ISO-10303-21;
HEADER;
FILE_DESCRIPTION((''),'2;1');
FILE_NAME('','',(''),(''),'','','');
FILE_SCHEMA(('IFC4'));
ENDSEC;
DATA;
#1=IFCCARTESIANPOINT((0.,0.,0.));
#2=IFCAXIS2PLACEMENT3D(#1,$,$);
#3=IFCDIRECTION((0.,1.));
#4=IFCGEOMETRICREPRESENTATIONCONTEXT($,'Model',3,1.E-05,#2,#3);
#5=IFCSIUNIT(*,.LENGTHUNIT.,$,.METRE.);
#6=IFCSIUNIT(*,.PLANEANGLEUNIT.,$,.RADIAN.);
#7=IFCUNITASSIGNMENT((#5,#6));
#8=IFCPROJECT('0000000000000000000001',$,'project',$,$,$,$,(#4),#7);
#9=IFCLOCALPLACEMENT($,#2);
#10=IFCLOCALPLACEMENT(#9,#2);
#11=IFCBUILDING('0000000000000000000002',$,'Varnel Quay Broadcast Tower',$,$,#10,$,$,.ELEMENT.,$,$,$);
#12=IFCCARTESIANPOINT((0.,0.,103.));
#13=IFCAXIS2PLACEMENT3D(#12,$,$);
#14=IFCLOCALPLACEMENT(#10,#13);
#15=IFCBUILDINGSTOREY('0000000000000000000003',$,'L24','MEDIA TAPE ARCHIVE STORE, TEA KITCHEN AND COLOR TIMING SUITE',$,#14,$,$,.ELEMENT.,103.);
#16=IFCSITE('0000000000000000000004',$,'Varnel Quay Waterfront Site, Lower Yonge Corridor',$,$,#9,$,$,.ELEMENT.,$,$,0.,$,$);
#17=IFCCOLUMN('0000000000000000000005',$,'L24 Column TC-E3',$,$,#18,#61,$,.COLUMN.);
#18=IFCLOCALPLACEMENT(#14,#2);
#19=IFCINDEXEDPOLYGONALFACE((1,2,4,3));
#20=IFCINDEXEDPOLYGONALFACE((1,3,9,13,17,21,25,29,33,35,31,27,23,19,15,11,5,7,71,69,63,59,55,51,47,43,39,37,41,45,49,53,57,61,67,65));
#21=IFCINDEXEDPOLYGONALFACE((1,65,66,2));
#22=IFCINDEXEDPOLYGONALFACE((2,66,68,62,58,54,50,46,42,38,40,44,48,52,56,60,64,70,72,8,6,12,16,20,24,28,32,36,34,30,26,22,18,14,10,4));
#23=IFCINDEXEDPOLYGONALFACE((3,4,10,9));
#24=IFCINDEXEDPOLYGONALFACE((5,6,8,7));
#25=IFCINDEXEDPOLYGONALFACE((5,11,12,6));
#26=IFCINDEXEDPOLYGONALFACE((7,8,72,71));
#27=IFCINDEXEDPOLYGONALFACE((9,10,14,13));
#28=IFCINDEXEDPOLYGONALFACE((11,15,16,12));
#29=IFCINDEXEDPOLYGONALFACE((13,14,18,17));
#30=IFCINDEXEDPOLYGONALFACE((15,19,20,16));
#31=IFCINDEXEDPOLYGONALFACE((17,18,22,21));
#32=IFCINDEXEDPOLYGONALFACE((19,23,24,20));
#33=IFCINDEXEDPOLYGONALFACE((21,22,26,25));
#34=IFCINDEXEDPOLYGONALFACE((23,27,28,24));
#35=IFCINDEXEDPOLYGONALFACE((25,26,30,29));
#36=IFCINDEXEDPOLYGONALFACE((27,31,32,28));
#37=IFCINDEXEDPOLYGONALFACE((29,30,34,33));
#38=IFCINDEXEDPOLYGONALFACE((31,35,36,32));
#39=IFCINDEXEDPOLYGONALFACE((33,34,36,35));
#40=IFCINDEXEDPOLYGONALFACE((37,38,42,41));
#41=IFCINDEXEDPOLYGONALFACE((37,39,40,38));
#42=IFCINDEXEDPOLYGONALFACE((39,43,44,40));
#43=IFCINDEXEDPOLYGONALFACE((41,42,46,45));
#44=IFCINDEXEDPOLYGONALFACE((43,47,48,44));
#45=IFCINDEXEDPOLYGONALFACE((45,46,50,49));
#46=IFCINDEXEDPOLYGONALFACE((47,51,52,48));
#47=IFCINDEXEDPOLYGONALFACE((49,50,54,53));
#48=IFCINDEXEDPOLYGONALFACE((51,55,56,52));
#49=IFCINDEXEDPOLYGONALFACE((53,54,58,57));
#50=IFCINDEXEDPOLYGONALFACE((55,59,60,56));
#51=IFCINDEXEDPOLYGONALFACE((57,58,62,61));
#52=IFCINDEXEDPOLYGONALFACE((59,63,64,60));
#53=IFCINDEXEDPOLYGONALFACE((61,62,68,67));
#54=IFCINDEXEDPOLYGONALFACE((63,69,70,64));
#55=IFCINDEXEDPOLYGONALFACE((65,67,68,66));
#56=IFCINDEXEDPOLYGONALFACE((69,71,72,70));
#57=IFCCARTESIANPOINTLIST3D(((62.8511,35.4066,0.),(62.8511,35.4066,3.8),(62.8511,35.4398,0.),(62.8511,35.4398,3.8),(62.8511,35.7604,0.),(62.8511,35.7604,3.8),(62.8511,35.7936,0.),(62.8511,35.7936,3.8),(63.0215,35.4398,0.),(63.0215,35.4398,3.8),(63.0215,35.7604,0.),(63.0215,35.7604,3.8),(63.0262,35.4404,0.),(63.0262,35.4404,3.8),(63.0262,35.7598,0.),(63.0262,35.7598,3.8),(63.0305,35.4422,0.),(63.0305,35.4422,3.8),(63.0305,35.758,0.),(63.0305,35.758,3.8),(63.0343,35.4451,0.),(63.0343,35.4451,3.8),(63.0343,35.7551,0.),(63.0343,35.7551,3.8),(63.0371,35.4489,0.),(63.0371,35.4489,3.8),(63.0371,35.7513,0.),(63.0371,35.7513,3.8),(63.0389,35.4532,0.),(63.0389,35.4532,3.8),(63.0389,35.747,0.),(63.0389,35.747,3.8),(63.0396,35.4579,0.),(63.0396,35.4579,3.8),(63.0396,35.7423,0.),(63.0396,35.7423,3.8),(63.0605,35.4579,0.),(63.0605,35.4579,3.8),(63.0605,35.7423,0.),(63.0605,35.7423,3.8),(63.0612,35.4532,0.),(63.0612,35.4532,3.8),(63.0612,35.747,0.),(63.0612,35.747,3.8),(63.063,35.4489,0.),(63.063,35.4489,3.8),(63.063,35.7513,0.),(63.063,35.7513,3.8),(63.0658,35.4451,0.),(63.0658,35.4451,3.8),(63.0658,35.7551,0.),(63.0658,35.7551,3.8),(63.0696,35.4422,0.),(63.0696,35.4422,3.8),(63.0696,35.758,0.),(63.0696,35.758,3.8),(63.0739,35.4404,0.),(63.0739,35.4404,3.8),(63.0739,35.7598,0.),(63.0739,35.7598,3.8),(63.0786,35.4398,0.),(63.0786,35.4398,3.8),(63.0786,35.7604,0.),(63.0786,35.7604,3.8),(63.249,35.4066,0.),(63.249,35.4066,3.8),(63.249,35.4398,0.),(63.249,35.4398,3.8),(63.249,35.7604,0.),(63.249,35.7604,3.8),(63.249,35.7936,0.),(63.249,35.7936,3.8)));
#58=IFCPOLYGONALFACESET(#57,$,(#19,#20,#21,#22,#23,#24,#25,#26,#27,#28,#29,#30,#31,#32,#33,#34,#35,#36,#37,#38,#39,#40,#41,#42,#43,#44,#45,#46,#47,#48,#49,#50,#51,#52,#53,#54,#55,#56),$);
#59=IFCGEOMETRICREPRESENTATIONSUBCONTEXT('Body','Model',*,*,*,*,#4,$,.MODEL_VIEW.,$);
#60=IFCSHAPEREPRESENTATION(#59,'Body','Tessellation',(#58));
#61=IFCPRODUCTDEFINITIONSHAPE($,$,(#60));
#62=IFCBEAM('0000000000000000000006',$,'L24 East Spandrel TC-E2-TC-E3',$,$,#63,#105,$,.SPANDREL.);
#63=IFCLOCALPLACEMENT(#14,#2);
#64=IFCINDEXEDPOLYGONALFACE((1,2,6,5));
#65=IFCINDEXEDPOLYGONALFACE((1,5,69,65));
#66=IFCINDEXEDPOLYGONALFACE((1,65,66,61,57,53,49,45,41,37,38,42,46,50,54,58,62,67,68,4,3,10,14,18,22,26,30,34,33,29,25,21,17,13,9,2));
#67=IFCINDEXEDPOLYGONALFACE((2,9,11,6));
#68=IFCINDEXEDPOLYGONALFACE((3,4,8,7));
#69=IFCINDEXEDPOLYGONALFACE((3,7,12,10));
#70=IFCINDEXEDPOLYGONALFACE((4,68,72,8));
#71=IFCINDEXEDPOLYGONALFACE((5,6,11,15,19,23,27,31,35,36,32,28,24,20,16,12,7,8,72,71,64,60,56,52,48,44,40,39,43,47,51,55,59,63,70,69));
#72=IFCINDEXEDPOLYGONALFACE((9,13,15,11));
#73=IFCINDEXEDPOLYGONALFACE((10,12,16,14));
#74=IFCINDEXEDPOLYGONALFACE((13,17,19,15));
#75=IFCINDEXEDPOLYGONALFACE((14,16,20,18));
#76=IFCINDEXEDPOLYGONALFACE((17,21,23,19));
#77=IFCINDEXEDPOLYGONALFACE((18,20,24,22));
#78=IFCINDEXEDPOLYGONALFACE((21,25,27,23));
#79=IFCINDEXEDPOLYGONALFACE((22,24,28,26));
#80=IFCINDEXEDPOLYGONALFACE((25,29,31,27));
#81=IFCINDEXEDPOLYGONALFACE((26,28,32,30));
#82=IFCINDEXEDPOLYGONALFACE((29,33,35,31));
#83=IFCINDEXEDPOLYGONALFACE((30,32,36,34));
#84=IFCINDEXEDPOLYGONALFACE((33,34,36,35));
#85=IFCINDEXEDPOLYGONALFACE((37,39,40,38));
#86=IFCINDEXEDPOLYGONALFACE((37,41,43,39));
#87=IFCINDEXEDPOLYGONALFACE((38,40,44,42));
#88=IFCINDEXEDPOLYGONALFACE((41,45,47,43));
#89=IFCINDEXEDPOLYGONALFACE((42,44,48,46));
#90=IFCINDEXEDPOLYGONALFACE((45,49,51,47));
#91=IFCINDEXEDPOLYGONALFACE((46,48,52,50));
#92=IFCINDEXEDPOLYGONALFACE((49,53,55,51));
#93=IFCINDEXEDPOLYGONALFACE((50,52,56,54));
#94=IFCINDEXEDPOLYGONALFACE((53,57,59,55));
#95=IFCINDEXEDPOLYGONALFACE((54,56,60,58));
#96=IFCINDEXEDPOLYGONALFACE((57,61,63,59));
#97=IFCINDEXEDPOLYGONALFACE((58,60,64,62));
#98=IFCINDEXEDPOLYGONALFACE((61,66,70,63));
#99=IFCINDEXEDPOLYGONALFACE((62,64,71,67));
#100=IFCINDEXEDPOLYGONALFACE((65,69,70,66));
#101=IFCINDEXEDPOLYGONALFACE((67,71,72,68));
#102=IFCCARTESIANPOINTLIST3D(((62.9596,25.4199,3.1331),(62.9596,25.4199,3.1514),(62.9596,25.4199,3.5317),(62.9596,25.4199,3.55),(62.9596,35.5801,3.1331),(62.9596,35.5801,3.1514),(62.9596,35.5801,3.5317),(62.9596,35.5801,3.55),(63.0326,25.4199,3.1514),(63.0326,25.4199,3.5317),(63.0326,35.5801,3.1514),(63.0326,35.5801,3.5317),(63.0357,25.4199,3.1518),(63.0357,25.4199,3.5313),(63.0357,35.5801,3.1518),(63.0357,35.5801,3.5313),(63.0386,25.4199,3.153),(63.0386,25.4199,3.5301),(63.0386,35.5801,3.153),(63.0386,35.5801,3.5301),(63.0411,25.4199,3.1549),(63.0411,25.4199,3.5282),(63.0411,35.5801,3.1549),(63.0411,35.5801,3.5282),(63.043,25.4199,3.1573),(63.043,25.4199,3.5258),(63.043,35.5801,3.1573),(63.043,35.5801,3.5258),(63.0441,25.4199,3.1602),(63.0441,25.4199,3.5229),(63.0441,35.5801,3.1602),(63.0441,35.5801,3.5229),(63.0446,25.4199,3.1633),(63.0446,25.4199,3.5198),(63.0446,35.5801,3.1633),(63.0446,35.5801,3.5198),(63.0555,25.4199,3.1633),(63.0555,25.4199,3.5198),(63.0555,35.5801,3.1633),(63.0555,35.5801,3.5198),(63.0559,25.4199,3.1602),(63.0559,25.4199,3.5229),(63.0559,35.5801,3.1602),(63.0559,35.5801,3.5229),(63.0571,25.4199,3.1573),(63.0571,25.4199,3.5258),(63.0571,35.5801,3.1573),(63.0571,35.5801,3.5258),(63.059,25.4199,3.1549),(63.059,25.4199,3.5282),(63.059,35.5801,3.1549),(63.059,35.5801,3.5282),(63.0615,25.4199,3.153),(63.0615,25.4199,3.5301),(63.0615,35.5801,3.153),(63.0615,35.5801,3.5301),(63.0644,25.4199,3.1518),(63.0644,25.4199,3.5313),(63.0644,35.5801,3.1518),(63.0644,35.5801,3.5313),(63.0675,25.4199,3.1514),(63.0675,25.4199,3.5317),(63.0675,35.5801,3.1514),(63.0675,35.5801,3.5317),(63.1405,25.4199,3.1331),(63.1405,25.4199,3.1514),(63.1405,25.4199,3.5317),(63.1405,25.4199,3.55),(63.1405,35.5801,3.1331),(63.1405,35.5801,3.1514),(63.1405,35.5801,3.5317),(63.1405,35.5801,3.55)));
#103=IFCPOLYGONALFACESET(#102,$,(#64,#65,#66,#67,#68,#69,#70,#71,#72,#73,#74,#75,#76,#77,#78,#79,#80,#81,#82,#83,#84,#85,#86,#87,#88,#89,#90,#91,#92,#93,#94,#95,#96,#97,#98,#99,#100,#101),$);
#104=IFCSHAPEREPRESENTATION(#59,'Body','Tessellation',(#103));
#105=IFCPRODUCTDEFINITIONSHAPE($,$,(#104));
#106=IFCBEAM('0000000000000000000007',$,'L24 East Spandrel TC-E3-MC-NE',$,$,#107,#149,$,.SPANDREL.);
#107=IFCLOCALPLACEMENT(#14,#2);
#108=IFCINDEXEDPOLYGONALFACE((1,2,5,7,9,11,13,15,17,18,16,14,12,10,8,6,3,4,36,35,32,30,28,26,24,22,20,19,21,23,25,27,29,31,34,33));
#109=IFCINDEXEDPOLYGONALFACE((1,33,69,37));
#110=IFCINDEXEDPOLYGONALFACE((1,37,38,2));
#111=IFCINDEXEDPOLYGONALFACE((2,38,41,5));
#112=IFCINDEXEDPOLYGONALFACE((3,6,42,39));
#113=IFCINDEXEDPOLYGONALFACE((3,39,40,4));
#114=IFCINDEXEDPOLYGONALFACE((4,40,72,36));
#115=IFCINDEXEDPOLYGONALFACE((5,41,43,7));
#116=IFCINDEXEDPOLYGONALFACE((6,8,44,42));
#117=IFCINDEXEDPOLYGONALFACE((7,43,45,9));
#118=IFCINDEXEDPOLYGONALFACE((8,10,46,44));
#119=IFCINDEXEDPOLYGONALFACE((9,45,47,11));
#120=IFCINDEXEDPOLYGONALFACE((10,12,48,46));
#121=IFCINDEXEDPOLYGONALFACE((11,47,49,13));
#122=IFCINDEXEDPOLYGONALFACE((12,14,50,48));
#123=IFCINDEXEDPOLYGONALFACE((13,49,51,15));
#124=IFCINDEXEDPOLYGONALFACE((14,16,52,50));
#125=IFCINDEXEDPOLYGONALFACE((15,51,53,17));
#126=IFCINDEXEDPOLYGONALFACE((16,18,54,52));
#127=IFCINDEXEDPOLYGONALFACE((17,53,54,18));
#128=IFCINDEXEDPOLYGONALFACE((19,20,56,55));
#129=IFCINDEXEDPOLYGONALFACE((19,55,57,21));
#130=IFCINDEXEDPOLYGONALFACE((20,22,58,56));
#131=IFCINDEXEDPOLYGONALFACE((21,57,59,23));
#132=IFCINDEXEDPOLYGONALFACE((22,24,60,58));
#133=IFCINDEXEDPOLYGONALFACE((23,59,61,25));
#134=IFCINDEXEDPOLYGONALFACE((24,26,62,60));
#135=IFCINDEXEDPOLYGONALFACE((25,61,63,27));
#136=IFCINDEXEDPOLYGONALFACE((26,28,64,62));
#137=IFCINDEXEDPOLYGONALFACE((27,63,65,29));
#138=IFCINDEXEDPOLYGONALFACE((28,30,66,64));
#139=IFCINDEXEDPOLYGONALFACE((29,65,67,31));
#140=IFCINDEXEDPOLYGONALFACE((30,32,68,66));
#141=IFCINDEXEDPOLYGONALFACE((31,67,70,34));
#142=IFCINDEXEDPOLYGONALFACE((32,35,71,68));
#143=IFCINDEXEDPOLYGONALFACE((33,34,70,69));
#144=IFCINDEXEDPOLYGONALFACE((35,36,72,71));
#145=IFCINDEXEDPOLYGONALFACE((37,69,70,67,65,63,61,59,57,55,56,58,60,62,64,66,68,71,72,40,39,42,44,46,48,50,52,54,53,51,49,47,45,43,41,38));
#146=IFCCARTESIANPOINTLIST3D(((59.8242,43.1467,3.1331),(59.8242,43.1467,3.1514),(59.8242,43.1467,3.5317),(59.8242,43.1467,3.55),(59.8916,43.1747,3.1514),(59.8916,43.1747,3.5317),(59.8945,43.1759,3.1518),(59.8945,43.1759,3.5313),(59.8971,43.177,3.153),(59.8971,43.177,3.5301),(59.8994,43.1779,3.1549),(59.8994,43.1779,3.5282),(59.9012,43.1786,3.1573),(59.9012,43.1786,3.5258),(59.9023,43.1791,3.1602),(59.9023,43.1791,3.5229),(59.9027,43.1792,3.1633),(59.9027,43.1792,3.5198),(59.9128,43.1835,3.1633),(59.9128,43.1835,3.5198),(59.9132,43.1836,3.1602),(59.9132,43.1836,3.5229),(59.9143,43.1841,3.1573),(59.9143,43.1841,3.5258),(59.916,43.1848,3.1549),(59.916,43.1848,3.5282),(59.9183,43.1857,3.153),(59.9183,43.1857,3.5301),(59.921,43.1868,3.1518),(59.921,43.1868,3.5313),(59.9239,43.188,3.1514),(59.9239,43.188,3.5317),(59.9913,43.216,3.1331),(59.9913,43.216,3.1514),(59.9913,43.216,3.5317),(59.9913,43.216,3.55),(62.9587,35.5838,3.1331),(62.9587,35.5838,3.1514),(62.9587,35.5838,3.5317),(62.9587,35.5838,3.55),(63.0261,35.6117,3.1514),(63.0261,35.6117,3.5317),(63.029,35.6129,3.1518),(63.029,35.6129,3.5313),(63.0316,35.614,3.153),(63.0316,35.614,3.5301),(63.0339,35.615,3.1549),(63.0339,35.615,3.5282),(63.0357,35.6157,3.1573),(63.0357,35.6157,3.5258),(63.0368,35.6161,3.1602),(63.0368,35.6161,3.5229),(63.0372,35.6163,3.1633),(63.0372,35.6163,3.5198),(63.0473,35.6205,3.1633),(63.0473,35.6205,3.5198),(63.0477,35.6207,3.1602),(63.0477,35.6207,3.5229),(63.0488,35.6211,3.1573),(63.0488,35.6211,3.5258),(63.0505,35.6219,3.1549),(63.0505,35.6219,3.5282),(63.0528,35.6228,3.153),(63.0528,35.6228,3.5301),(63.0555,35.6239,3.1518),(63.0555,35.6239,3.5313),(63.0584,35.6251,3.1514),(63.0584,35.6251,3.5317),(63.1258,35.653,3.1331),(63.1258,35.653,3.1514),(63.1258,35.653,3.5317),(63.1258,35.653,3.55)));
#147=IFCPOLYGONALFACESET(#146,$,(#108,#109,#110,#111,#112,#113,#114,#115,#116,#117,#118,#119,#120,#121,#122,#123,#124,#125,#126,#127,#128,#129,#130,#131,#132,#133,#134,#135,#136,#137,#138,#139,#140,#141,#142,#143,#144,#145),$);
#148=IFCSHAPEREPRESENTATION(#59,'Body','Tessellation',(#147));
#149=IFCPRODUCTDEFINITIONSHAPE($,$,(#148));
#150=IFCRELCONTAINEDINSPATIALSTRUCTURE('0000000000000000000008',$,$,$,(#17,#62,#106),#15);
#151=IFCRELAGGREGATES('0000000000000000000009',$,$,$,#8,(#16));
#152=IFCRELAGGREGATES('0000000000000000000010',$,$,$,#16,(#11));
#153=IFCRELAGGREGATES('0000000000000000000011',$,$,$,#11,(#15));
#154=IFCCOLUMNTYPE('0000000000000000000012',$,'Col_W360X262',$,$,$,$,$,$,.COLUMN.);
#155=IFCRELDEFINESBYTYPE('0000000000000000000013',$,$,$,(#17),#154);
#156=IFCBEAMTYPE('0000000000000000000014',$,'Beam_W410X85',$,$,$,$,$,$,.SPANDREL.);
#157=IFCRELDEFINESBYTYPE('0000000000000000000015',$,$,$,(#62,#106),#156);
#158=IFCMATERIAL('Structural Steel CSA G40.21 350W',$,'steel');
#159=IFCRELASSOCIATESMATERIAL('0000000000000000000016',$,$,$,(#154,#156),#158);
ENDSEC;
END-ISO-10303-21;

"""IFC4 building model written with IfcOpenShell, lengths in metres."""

from ifc_helpers import new_model, si_unit, direction, frame, origin, origin_2d, place, context, subcontext, project, spatial, i_section, extrude, source, transform, mapped, material, material_profile, profile_set, type_object, type_shapes, element, save


model = new_model("IFC4")

# Units and contexts
model_context = context("Model", 3, precision=1e-05, world=origin(), true_north=direction((0.0, 1.0)))
body_context = subcontext(model_context, "Body", "Model", "MODEL_VIEW")
ifc_project = project(units=[si_unit("LENGTHUNIT", "METRE"), si_unit("PLANEANGLEUNIT", "RADIAN")], contexts=[model_context])

# Site, building, storey
site_placement = place(None, origin())
site = spatial("IfcSite", under=ifc_project, at=site_placement, Name="Varnel Quay Waterfront Site, Lower Yonge Corridor", CompositionType="ELEMENT", RefElevation=0.0)
building_placement = place(site_placement, origin())
building = spatial("IfcBuilding", under=site, at=building_placement, Name="Varnel Quay Broadcast Tower", CompositionType="ELEMENT")
storey_placement = place(building_placement, frame((0.0, 0.0, 103.0)))
storey = spatial("IfcBuildingStorey", under=building, at=storey_placement, Name="L24", Description="MEDIA TAPE ARCHIVE STORE, TEA KITCHEN AND COLOR TIMING SUITE", CompositionType="ELEMENT", Elevation=103.0)

# Column
ifc_material_1 = material(Name="Structural Steel CSA G40.21 350W", Category="steel")
ifc_material_profile_1 = material_profile(ifc_material_1, i_section(OverallWidth=0.3979, OverallDepth=0.387, WebThickness=0.021, FlangeThickness=0.0332, FilletRadius=0.0181, at=origin_2d()), Name="W360X262")
ifc_profile_set_1 = profile_set([ifc_material_profile_1], Name="Structural Steel CSA G40.21 350W")
column_type_1 = type_object("IfcColumnType", Name="Col_W360X262", PredefinedType="COLUMN", material=ifc_profile_set_1)
shared_shape_1 = source(origin(), body_context, "Body", "SweptSolid", [
    extrude(i_section(OverallWidth=0.3979, OverallDepth=0.387, WebThickness=0.021, FlangeThickness=0.0332, FilletRadius=0.0181, at=origin_2d()), origin(), (0.0, 0.0, 1.0), 3.8),
])
type_shapes(column_type_1, [shared_shape_1])
for number, where, z_axis, x_axis, name in (
    (1, (63.05, 35.6001, 0.0), (0.0, 0.0, 1.0), (1.0, 0.0, 0.0), "L24 Column TC-E3"),
):
    element("IfcColumn", number, at=place(storey_placement, frame(where, z_axis=z_axis, x_axis=x_axis)), inside=storey, type_object=column_type_1, Name=name, PredefinedType="COLUMN", context=body_context, shape_type="MappedRepresentation", body=[
        mapped(shared_shape_1, transform((0.0, 0.0, 0.0), x_axis=(1.0, 0.0, 0.0), y_axis=(0.0, 1.0, 0.0), z_axis=(0.0, 0.0, 1.0), scale=1.0)),
    ])

# Beams
ifc_material_profile_2 = material_profile(ifc_material_1, i_section(OverallWidth=0.1809, OverallDepth=0.417, WebThickness=0.011, FlangeThickness=0.0183, FilletRadius=0.012, at=origin_2d()), Name="W410X85")
ifc_profile_set_2 = profile_set([ifc_material_profile_2], Name="Structural Steel CSA G40.21 350W")
beam_type_1 = type_object("IfcBeamType", Name="Beam_W410X85", PredefinedType="SPANDREL", material=ifc_profile_set_2)
shared_shape_2 = source(origin(), body_context, "Body", "SweptSolid", [
    extrude(i_section(OverallWidth=0.1809, OverallDepth=0.417, WebThickness=0.011, FlangeThickness=0.0183, FilletRadius=0.012, at=origin_2d()), origin(), (0.0, 0.0, 1.0), 10.1602),
])
beam_1_placement = place(storey_placement, frame((63.05, 25.4199, 3.3416), z_axis=(0.0, 1.0, 0.0), x_axis=(-1.0, 0.0, 0.0)))
element("IfcBeam", 2, at=beam_1_placement, inside=storey, type_object=beam_type_1, Name="L24 East Spandrel TC-E2-TC-E3", PredefinedType="SPANDREL", context=body_context, shape_type="MappedRepresentation", body=[
    mapped(shared_shape_2, transform((0.0, 0.0, 0.0), x_axis=(1.0, 0.0, 0.0), y_axis=(0.0, 1.0, 0.0), z_axis=(0.0, 0.0, 1.0), scale=1.0)),
])
shared_shape_3 = source(origin(), body_context, "Body", "SweptSolid", [
    extrude(i_section(OverallWidth=0.1809, OverallDepth=0.417, WebThickness=0.011, FlangeThickness=0.0183, FilletRadius=0.012, at=origin_2d()), origin(), (0.0, 0.0, 1.0), 8.1868),
])
beam_2_placement = place(storey_placement, frame((63.0422, 35.6184, 3.3416), z_axis=(-0.382874, 0.923801, 0.0), x_axis=(-0.923801, -0.382874, 0.0)))
element("IfcBeam", 3, at=beam_2_placement, inside=storey, type_object=beam_type_1, Name="L24 East Spandrel TC-E3-MC-NE", PredefinedType="SPANDREL", context=body_context, shape_type="MappedRepresentation", body=[
    mapped(shared_shape_3, transform((0.0, 0.0, 0.0), x_axis=(1.0, 0.0, 0.0), y_axis=(0.0, 1.0, 0.0), z_axis=(0.0, 0.0, 1.0), scale=1.0)),
])

save(model, "model.ifc")
